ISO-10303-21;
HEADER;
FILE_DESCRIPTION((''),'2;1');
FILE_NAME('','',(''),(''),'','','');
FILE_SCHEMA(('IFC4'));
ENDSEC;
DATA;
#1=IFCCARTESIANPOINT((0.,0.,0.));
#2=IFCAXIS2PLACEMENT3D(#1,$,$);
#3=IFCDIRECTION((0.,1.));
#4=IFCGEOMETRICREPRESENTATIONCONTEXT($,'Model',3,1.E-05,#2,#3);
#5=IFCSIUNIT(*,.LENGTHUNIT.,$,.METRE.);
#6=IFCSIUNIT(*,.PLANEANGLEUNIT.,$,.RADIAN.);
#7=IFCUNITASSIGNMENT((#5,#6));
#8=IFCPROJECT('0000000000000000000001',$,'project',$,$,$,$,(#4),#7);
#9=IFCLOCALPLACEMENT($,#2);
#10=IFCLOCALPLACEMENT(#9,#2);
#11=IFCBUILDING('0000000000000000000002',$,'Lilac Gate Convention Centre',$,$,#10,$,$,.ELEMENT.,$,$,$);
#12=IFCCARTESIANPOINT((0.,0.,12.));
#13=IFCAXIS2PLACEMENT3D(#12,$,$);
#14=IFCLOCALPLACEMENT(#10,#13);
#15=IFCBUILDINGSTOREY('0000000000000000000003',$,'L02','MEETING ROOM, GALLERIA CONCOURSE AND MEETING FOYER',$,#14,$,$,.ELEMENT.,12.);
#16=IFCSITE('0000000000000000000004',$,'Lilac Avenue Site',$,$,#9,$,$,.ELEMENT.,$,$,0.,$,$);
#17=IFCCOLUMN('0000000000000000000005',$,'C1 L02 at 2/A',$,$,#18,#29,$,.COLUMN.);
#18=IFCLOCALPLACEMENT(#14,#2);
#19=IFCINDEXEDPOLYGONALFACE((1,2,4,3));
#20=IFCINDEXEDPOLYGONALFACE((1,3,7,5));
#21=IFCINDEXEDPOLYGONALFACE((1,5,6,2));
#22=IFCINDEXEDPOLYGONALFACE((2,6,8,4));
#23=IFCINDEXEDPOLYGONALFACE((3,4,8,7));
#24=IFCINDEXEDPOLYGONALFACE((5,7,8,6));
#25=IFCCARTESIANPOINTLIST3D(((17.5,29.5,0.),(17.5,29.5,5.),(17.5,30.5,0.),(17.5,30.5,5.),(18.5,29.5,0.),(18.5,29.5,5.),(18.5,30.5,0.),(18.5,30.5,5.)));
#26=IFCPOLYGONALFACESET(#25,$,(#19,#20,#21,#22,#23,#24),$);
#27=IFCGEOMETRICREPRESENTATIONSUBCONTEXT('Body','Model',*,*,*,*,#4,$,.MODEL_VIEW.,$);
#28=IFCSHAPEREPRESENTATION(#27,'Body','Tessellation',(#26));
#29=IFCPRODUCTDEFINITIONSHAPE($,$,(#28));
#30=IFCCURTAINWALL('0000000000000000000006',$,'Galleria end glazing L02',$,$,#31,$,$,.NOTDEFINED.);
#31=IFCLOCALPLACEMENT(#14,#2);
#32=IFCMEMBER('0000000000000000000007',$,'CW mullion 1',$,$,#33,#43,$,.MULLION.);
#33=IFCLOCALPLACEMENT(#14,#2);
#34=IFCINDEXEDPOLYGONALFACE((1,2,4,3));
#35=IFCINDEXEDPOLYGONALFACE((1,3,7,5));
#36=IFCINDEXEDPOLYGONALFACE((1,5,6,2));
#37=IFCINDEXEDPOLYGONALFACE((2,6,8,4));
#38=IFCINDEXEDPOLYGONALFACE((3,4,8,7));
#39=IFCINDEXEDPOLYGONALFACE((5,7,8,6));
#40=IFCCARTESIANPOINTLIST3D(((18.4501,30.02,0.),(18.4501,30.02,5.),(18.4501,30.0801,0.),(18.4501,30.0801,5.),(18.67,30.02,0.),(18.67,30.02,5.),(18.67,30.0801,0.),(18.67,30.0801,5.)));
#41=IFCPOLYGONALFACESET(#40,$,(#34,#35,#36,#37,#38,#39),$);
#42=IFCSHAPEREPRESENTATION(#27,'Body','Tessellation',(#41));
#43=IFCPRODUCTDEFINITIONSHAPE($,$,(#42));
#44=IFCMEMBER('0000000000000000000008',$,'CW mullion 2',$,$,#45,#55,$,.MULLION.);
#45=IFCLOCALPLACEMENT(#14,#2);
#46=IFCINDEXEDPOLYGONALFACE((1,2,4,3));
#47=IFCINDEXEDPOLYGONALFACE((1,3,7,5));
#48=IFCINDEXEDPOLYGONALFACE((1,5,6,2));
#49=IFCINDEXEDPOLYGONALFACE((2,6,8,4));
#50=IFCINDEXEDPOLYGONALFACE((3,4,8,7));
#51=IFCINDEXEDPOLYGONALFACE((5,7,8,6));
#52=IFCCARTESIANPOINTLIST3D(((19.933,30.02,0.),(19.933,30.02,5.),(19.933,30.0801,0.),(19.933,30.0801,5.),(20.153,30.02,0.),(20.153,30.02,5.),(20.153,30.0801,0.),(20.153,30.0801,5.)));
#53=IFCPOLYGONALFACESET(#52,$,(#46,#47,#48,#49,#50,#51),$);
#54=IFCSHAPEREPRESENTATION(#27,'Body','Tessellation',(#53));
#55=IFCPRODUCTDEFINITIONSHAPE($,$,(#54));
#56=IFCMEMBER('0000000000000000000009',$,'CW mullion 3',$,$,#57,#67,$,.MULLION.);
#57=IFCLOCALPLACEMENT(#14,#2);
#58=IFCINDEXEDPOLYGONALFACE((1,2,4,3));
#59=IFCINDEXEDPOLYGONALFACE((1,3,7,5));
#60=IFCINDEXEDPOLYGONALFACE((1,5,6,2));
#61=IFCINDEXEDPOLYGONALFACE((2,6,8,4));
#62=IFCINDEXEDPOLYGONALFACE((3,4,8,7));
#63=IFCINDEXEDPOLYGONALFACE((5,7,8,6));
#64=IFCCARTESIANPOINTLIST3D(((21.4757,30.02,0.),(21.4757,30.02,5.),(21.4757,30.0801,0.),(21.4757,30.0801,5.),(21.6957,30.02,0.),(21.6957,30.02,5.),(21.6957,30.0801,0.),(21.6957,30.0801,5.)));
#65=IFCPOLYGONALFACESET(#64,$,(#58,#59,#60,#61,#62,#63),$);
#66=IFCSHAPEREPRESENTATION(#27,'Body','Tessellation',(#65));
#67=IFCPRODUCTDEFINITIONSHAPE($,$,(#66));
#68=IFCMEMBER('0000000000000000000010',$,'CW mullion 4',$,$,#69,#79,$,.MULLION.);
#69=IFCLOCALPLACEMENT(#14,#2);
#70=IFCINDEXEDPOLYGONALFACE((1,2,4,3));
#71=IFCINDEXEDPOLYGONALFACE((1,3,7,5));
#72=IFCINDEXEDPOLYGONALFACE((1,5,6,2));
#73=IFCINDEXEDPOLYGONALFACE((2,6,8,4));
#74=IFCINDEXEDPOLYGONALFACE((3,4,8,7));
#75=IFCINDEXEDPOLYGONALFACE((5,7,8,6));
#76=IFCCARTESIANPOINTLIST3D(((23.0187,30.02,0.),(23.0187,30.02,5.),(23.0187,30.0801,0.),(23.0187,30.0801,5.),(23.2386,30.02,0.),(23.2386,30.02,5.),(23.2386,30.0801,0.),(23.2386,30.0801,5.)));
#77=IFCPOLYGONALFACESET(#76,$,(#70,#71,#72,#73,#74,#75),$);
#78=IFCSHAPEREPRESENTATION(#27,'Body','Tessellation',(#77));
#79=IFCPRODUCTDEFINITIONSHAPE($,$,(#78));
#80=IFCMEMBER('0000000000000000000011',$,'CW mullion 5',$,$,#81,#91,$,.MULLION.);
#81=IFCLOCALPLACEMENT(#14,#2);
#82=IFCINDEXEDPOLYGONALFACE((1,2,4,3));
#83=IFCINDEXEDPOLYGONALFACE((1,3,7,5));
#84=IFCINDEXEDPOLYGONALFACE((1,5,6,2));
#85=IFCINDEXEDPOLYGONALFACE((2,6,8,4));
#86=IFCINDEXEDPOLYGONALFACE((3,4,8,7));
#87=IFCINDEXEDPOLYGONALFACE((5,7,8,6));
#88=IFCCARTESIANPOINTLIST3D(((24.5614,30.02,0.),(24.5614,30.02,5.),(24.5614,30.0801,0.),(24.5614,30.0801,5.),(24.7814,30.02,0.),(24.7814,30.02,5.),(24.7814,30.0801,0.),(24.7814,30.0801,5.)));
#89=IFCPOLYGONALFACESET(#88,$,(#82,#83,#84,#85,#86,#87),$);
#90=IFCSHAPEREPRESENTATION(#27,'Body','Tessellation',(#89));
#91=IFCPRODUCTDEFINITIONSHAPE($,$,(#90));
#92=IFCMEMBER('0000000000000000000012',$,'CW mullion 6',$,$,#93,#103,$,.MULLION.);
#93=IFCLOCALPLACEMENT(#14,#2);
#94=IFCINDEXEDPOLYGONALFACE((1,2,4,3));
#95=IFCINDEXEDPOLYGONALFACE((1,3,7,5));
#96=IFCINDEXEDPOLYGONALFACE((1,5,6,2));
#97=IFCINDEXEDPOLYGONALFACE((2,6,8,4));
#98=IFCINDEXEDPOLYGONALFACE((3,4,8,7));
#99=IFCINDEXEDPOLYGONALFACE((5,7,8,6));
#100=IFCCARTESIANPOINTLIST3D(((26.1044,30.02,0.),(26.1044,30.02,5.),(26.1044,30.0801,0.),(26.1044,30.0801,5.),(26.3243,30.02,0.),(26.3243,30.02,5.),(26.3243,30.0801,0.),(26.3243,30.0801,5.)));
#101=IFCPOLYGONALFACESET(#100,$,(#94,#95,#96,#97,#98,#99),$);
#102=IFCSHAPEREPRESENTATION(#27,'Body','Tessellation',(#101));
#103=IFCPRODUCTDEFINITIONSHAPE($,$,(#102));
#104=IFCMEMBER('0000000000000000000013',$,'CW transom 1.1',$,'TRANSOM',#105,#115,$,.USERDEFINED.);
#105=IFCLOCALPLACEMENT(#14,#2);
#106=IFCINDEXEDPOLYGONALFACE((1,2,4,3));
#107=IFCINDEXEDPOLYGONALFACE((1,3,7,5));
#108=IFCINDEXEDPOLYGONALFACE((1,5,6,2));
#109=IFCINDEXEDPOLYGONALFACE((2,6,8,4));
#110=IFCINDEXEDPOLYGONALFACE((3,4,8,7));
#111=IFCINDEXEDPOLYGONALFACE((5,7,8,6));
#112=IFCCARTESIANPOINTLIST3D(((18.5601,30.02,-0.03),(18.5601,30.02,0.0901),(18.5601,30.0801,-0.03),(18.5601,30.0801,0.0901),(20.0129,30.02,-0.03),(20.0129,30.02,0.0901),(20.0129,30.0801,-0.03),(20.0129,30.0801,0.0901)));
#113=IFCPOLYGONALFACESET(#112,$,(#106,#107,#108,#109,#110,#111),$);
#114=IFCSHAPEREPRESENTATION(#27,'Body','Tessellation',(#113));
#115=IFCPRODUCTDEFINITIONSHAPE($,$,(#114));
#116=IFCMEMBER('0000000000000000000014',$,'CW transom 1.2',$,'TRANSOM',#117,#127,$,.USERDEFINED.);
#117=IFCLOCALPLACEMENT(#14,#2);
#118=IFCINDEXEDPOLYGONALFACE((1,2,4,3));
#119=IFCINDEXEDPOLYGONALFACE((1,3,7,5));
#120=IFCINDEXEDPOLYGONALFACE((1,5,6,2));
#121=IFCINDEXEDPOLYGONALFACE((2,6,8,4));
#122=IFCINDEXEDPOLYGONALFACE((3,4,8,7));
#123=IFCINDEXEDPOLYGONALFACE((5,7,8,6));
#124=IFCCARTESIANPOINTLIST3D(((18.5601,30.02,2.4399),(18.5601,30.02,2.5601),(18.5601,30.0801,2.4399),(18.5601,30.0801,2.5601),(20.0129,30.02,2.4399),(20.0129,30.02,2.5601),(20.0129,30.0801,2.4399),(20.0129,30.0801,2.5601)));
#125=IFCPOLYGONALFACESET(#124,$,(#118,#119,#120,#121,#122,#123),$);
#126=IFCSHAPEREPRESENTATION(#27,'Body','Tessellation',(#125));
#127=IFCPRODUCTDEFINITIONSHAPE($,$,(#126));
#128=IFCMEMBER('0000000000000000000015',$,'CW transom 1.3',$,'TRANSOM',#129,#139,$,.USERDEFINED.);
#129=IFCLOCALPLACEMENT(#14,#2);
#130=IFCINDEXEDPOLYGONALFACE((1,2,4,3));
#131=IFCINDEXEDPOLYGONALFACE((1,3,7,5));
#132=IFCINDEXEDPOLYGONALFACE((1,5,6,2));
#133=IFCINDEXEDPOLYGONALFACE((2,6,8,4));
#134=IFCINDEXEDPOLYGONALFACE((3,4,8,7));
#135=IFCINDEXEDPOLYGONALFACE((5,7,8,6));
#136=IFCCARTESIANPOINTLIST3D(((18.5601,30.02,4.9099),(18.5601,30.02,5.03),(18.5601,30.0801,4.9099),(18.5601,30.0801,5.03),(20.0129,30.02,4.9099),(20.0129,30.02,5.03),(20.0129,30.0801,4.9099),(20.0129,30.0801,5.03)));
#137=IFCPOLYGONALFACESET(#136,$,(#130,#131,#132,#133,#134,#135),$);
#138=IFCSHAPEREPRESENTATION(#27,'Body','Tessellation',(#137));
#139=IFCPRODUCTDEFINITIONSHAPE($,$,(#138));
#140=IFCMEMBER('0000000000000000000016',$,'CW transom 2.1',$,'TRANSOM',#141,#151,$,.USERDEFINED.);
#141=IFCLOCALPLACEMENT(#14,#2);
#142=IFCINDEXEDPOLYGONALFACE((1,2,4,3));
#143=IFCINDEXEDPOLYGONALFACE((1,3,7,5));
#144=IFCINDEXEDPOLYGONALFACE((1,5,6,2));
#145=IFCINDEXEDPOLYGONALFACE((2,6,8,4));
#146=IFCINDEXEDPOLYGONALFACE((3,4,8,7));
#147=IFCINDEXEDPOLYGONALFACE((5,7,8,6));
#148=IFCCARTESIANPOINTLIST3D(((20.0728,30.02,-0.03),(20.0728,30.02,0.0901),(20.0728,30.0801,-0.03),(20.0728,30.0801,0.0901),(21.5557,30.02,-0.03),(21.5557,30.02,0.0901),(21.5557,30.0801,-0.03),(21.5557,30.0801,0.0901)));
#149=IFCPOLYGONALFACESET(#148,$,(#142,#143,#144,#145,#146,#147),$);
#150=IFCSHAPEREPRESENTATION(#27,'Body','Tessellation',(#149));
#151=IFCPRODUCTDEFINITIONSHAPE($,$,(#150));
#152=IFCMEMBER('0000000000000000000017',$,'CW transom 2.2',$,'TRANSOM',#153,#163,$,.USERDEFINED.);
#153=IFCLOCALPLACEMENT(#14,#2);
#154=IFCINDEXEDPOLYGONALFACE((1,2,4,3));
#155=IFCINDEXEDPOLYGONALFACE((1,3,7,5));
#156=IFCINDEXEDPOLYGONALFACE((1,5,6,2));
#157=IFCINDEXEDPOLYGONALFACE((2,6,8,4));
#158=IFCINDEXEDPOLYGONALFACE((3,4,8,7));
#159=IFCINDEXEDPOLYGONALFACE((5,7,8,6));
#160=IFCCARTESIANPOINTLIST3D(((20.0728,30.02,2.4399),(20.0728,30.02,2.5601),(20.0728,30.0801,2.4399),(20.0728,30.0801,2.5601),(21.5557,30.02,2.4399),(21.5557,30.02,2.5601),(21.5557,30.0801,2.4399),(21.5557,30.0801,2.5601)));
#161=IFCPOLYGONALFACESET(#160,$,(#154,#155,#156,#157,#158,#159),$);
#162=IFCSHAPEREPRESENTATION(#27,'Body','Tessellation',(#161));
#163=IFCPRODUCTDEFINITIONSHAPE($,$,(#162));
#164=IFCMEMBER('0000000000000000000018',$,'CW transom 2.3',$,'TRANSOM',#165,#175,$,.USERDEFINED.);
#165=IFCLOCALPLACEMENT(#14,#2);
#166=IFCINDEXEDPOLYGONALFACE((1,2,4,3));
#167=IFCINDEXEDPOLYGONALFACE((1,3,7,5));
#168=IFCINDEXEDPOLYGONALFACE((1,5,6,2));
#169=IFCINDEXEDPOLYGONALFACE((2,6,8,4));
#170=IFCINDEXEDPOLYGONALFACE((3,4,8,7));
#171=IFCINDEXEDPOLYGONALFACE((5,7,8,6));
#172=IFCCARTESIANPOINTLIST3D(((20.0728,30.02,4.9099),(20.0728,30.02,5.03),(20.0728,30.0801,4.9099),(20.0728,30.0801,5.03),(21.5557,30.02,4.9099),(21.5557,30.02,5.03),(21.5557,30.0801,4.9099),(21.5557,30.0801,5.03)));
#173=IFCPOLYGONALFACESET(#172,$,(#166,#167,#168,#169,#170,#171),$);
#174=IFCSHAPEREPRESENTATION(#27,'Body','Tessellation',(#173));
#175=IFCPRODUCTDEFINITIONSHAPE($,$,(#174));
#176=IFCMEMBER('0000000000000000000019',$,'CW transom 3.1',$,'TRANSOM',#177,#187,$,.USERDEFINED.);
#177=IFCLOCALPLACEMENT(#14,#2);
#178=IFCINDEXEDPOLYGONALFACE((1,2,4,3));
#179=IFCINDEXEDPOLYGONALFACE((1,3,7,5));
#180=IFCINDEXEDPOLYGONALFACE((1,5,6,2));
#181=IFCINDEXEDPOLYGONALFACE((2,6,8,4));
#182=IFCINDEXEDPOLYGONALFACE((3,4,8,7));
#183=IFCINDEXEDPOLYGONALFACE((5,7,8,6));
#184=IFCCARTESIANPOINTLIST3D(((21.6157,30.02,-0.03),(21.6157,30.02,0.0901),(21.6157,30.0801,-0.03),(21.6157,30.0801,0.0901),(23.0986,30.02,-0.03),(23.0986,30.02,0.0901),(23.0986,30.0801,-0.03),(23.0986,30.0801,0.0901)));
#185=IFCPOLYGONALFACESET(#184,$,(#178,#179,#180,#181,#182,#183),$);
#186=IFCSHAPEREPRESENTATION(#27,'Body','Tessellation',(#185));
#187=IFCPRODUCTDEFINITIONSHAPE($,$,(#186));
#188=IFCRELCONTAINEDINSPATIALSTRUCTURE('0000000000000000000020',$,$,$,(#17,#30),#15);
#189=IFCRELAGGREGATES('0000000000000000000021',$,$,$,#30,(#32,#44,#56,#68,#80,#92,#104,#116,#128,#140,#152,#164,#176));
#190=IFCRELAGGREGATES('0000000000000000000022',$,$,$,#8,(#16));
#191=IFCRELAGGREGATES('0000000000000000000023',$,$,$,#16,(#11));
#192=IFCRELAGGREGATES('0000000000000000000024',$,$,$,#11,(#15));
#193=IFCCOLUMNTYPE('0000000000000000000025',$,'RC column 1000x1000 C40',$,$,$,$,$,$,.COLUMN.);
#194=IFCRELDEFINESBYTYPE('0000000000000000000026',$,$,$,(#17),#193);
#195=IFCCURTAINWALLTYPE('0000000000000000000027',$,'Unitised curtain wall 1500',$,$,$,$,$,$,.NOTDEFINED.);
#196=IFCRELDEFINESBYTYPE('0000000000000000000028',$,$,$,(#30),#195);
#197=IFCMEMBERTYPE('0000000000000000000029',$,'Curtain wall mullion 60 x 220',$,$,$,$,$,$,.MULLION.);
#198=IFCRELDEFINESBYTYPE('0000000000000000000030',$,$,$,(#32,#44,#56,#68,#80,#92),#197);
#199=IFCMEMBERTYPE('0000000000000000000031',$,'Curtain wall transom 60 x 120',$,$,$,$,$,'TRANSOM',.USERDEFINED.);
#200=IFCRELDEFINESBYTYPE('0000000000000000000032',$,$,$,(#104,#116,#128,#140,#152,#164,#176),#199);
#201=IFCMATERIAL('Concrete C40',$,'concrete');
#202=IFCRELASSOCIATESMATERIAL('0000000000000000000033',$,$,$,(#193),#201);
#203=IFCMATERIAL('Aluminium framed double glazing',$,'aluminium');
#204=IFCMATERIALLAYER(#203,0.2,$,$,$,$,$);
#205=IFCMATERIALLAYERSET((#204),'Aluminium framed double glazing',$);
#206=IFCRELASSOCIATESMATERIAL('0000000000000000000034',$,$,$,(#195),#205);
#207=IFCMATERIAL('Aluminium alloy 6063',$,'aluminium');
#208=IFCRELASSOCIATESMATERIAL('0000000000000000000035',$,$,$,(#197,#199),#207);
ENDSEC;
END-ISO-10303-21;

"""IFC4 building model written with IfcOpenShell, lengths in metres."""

from ifc_helpers import new_model, si_unit, direction, frame, origin, origin_2d, place, context, subcontext, project, spatial, rectangle, extrude, material, layer, layer_set, material_profile, profile_set, type_object, element, aggregate, save


model = new_model("IFC4")

# Units and contexts
model_context = context("Model", 3, precision=1e-05, world=origin(), true_north=direction((0.0, 1.0)))
body_context = subcontext(model_context, "Body", "Model", "MODEL_VIEW")
ifc_project = project(units=[si_unit("LENGTHUNIT", "METRE"), si_unit("PLANEANGLEUNIT", "RADIAN")], contexts=[model_context])

# Site, building, storey
site_placement = place(None, origin())
site = spatial("IfcSite", under=ifc_project, at=site_placement, Name="Lilac Avenue Site", CompositionType="ELEMENT", RefElevation=0.0)
building_placement = place(site_placement, origin())
building = spatial("IfcBuilding", under=site, at=building_placement, Name="Lilac Gate Convention Centre", CompositionType="ELEMENT")
storey_placement = place(building_placement, frame((0.0, 0.0, 12.0)))
storey = spatial("IfcBuildingStorey", under=building, at=storey_placement, Name="L02", Description="MEETING ROOM, GALLERIA CONCOURSE AND MEETING FOYER", CompositionType="ELEMENT", Elevation=12.0)

# Column
ifc_material_1 = material(Name="Concrete C40", Category="concrete")
ifc_material_profile_1 = material_profile(ifc_material_1, rectangle(XDim=1.0, YDim=1.0, at=origin_2d()), Name="RC 1000x1000")
ifc_profile_set_1 = profile_set([ifc_material_profile_1], Name="Concrete C40")
column_type = type_object("IfcColumnType", Name="RC column 1000x1000 C40", PredefinedType="COLUMN", material=ifc_profile_set_1)
column_placement = place(storey_placement, frame((18.0, 30.0, 0.0), z_axis=(0.0, 0.0, 1.0), x_axis=(1.0, 0.0, 0.0)))
element("IfcColumn", 1, at=column_placement, inside=storey, type_object=column_type, Name="C1 L02 at 2/A", PredefinedType="COLUMN", context=body_context, shape_type="SweptSolid", body=[
    extrude(rectangle(XDim=1.0, YDim=1.0, at=origin_2d()), origin(), (0.0, 0.0, 1.0), 5.0),
])

# Curtain wall, members
ifc_material_2 = material(Name="Aluminium framed double glazing", Category="aluminium")
ifc_layer_1 = layer(ifc_material_2, 0.2)
ifc_layer_set_1 = layer_set([ifc_layer_1], Name="Aluminium framed double glazing")
curtain_wall_type = type_object("IfcCurtainWallType", Name="Unitised curtain wall 1500", PredefinedType="NOTDEFINED", material=ifc_layer_set_1)
curtain_wall_placement = place(storey_placement, origin())
curtain_wall = element("IfcCurtainWall", 2, at=curtain_wall_placement, inside=storey, type_object=curtain_wall_type, Name="Galleria end glazing L02", PredefinedType="NOTDEFINED")
ifc_material_3 = material(Name="Aluminium alloy 6063", Category="aluminium")
ifc_material_profile_2 = material_profile(ifc_material_3, rectangle(XDim=0.0601, YDim=0.22, at=origin_2d()), Name="Curtain wall mullion 60 x 220")
ifc_profile_set_2 = profile_set([ifc_material_profile_2], Name="Aluminium alloy 6063")
member_type_1 = type_object("IfcMemberType", Name="Curtain wall mullion 60 x 220", PredefinedType="MULLION", material=ifc_profile_set_2)
member_1_placement = place(storey_placement, frame((18.5601, 30.05, 0.0), z_axis=(0.0, 0.0, 1.0), x_axis=(0.0, 1.0, 0.0)))
member_1 = element("IfcMember", 3, at=member_1_placement, type_object=member_type_1, Name="CW mullion 1", PredefinedType="MULLION", context=body_context, shape_type="SweptSolid", body=[
    extrude(rectangle(XDim=0.0601, YDim=0.22, at=origin_2d()), origin(), (0.0, 0.0, 1.0), 5.0),
])
member_2_placement = place(storey_placement, frame((20.043, 30.05, 0.0), z_axis=(0.0, 0.0, 1.0), x_axis=(0.0, 1.0, 0.0)))
member_2 = element("IfcMember", 4, at=member_2_placement, type_object=member_type_1, Name="CW mullion 2", PredefinedType="MULLION", context=body_context, shape_type="SweptSolid", body=[
    extrude(rectangle(XDim=0.0601, YDim=0.22, at=origin_2d()), origin(), (0.0, 0.0, 1.0), 5.0),
])
member_3_placement = place(storey_placement, frame((21.5857, 30.05, 0.0), z_axis=(0.0, 0.0, 1.0), x_axis=(0.0, 1.0, 0.0)))
member_3 = element("IfcMember", 5, at=member_3_placement, type_object=member_type_1, Name="CW mullion 3", PredefinedType="MULLION", context=body_context, shape_type="SweptSolid", body=[
    extrude(rectangle(XDim=0.0601, YDim=0.22, at=origin_2d()), origin(), (0.0, 0.0, 1.0), 5.0),
])
member_4_placement = place(storey_placement, frame((23.1287, 30.05, 0.0), z_axis=(0.0, 0.0, 1.0), x_axis=(0.0, 1.0, 0.0)))
member_4 = element("IfcMember", 6, at=member_4_placement, type_object=member_type_1, Name="CW mullion 4", PredefinedType="MULLION", context=body_context, shape_type="SweptSolid", body=[
    extrude(rectangle(XDim=0.0601, YDim=0.22, at=origin_2d()), origin(), (0.0, 0.0, 1.0), 5.0),
])
member_5_placement = place(storey_placement, frame((24.6714, 30.05, 0.0), z_axis=(0.0, 0.0, 1.0), x_axis=(0.0, 1.0, 0.0)))
member_5 = element("IfcMember", 7, at=member_5_placement, type_object=member_type_1, Name="CW mullion 5", PredefinedType="MULLION", context=body_context, shape_type="SweptSolid", body=[
    extrude(rectangle(XDim=0.0601, YDim=0.22, at=origin_2d()), origin(), (0.0, 0.0, 1.0), 5.0),
])
member_6_placement = place(storey_placement, frame((26.2144, 30.05, 0.0), z_axis=(0.0, 0.0, 1.0), x_axis=(0.0, 1.0, 0.0)))
member_6 = element("IfcMember", 8, at=member_6_placement, type_object=member_type_1, Name="CW mullion 6", PredefinedType="MULLION", context=body_context, shape_type="SweptSolid", body=[
    extrude(rectangle(XDim=0.0601, YDim=0.22, at=origin_2d()), origin(), (0.0, 0.0, 1.0), 5.0),
])
ifc_material_profile_3 = material_profile(ifc_material_3, rectangle(XDim=0.0601, YDim=0.1201, at=origin_2d()), Name="Curtain wall transom 60 x 120")
ifc_profile_set_3 = profile_set([ifc_material_profile_3], Name="Aluminium alloy 6063")
member_type_2 = type_object("IfcMemberType", Name="Curtain wall transom 60 x 120", ElementType="TRANSOM", PredefinedType="USERDEFINED", material=ifc_profile_set_3)
member_7_placement = place(storey_placement, frame((18.5601, 30.05, 0.03), z_axis=(1.0, 0.0, 0.0), x_axis=(0.0, 1.0, 0.0)))
member_7 = element("IfcMember", 9, at=member_7_placement, type_object=member_type_2, Name="CW transom 1.1", ObjectType="TRANSOM", PredefinedType="USERDEFINED", context=body_context, shape_type="SweptSolid", body=[
    extrude(rectangle(XDim=0.0601, YDim=0.1201, at=origin_2d()), origin(), (0.0, 0.0, 1.0), 1.4529),
])
member_8_placement = place(storey_placement, frame((18.5601, 30.05, 2.5), z_axis=(1.0, 0.0, 0.0), x_axis=(0.0, 1.0, 0.0)))
member_8 = element("IfcMember", 10, at=member_8_placement, type_object=member_type_2, Name="CW transom 1.2", ObjectType="TRANSOM", PredefinedType="USERDEFINED", context=body_context, shape_type="SweptSolid", body=[
    extrude(rectangle(XDim=0.0601, YDim=0.1201, at=origin_2d()), origin(), (0.0, 0.0, 1.0), 1.4529),
])
member_9_placement = place(storey_placement, frame((18.5601, 30.05, 4.97), z_axis=(1.0, 0.0, 0.0), x_axis=(0.0, 1.0, 0.0)))
member_9 = element("IfcMember", 11, at=member_9_placement, type_object=member_type_2, Name="CW transom 1.3", ObjectType="TRANSOM", PredefinedType="USERDEFINED", context=body_context, shape_type="SweptSolid", body=[
    extrude(rectangle(XDim=0.0601, YDim=0.1201, at=origin_2d()), origin(), (0.0, 0.0, 1.0), 1.4529),
])
member_10_placement = place(storey_placement, frame((20.0728, 30.05, 0.03), z_axis=(1.0, 0.0, 0.0), x_axis=(0.0, 1.0, 0.0)))
member_10 = element("IfcMember", 12, at=member_10_placement, type_object=member_type_2, Name="CW transom 2.1", ObjectType="TRANSOM", PredefinedType="USERDEFINED", context=body_context, shape_type="SweptSolid", body=[
    extrude(rectangle(XDim=0.0601, YDim=0.1201, at=origin_2d()), origin(), (0.0, 0.0, 1.0), 1.4829),
])
member_11_placement = place(storey_placement, frame((20.0728, 30.05, 2.5), z_axis=(1.0, 0.0, 0.0), x_axis=(0.0, 1.0, 0.0)))
member_11 = element("IfcMember", 13, at=member_11_placement, type_object=member_type_2, Name="CW transom 2.2", ObjectType="TRANSOM", PredefinedType="USERDEFINED", context=body_context, shape_type="SweptSolid", body=[
    extrude(rectangle(XDim=0.0601, YDim=0.1201, at=origin_2d()), origin(), (0.0, 0.0, 1.0), 1.4829),
])
member_12_placement = place(storey_placement, frame((20.0728, 30.05, 4.97), z_axis=(1.0, 0.0, 0.0), x_axis=(0.0, 1.0, 0.0)))
member_12 = element("IfcMember", 14, at=member_12_placement, type_object=member_type_2, Name="CW transom 2.3", ObjectType="TRANSOM", PredefinedType="USERDEFINED", context=body_context, shape_type="SweptSolid", body=[
    extrude(rectangle(XDim=0.0601, YDim=0.1201, at=origin_2d()), origin(), (0.0, 0.0, 1.0), 1.4829),
])
member_13_placement = place(storey_placement, frame((21.6157, 30.05, 0.03), z_axis=(1.0, 0.0, 0.0), x_axis=(0.0, 1.0, 0.0)))
member_13 = element("IfcMember", 15, at=member_13_placement, type_object=member_type_2, Name="CW transom 3.1", ObjectType="TRANSOM", PredefinedType="USERDEFINED", context=body_context, shape_type="SweptSolid", body=[
    extrude(rectangle(XDim=0.0601, YDim=0.1201, at=origin_2d()), origin(), (0.0, 0.0, 1.0), 1.4829),
])
aggregate(curtain_wall, [member_1, member_2, member_3, member_4, member_5, member_6, member_7, member_8, member_9, member_10, member_11, member_12, member_13])

save(model, "model.ifc")
